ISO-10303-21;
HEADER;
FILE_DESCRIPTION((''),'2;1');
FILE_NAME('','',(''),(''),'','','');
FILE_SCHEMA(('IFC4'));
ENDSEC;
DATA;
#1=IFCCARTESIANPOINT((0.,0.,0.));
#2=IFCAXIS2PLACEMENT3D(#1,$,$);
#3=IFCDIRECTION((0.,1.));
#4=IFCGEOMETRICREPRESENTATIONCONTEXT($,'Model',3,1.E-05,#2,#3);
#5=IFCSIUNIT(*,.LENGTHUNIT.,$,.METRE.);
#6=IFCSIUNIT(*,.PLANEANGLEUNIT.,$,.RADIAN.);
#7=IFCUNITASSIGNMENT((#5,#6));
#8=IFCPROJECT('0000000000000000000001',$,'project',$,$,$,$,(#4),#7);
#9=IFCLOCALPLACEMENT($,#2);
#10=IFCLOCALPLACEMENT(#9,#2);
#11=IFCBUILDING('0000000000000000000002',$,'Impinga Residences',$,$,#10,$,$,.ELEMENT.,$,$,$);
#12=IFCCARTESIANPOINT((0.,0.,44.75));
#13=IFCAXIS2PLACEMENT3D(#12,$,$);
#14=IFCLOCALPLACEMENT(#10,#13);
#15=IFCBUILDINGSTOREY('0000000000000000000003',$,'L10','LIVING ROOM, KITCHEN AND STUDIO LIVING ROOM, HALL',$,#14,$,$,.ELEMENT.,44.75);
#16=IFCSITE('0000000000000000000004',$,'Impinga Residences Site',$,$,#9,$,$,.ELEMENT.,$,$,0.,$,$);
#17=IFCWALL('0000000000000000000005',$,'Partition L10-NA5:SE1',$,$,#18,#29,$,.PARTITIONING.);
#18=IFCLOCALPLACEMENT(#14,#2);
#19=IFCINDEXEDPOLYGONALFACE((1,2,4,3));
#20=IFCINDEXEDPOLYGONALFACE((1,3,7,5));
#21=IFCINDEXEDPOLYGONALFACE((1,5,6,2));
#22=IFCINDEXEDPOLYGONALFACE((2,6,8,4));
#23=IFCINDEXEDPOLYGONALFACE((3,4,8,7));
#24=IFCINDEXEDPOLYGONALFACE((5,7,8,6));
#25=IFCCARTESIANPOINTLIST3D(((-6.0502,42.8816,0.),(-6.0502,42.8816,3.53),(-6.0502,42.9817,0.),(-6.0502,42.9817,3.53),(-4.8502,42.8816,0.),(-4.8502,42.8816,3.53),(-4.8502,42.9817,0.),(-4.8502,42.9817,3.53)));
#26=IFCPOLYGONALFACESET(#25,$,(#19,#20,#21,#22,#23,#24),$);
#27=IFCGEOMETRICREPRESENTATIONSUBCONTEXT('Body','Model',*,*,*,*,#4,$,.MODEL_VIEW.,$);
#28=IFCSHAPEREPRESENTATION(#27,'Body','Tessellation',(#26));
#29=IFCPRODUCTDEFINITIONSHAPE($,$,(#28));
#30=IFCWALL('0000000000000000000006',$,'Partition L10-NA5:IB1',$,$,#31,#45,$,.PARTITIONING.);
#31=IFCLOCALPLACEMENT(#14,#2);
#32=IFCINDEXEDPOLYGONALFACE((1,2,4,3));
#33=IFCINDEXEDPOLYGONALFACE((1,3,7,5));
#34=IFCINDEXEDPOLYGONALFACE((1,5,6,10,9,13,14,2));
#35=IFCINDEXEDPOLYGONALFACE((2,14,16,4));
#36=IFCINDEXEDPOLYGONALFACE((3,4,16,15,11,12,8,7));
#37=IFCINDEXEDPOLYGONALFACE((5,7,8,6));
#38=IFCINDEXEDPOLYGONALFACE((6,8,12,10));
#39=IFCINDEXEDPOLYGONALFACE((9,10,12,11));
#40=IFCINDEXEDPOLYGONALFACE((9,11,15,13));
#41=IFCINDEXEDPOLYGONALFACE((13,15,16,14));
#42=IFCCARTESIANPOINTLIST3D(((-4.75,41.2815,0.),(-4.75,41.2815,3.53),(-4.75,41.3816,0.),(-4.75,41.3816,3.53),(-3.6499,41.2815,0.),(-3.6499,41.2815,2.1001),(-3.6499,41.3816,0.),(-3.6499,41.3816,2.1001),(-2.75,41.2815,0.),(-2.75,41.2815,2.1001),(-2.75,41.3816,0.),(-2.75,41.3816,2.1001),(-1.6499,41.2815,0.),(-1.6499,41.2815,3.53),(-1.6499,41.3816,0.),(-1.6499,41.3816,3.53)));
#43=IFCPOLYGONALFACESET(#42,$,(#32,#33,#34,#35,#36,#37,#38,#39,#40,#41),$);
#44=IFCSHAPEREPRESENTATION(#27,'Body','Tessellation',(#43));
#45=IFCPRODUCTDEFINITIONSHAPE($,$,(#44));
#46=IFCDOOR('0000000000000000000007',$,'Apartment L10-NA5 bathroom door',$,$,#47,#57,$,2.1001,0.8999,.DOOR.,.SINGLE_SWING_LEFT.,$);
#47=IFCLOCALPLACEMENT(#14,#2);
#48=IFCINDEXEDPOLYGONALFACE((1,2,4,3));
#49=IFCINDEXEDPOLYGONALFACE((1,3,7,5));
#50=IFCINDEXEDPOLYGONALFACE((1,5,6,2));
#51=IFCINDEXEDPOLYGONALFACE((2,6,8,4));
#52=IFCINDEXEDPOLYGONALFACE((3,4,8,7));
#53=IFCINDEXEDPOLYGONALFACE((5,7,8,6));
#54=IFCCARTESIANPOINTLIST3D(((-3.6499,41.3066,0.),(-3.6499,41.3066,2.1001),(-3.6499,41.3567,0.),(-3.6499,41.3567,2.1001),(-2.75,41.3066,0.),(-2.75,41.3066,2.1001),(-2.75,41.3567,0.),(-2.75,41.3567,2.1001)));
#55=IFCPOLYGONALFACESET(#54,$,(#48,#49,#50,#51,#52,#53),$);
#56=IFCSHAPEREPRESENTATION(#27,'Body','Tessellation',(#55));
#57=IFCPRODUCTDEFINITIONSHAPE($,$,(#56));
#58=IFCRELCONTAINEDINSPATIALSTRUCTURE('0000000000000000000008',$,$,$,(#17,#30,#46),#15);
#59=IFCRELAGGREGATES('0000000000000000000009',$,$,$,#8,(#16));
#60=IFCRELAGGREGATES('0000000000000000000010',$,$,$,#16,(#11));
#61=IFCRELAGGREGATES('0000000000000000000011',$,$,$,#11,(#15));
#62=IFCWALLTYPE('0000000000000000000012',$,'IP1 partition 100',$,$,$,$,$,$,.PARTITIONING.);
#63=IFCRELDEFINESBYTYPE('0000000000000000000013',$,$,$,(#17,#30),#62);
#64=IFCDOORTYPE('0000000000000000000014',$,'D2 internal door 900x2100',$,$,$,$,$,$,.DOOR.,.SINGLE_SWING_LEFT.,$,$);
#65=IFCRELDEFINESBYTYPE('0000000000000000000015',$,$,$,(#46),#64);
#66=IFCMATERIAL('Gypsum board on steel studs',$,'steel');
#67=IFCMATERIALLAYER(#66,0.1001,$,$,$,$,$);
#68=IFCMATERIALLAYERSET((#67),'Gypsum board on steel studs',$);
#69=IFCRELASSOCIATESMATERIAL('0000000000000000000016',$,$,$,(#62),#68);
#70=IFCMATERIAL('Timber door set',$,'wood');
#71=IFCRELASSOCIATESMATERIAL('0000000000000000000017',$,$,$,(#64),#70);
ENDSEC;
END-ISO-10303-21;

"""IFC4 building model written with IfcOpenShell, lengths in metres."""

from ifc_helpers import new_model, si_unit, direction, frame, frame_2d, origin, place, context, subcontext, project, spatial, rectangle, extrude, material, layer, layer_set, type_object, element, fill, save


model = new_model("IFC4")

# Units and contexts
model_context = context("Model", 3, precision=1e-05, world=origin(), true_north=direction((0.0, 1.0)))
body_context = subcontext(model_context, "Body", "Model", "MODEL_VIEW")
ifc_project = project(units=[si_unit("LENGTHUNIT", "METRE"), si_unit("PLANEANGLEUNIT", "RADIAN")], contexts=[model_context])

# Site, building, storey
site_placement = place(None, origin())
site = spatial("IfcSite", under=ifc_project, at=site_placement, Name="Impinga Residences Site", CompositionType="ELEMENT", RefElevation=0.0)
building_placement = place(site_placement, origin())
building = spatial("IfcBuilding", under=site, at=building_placement, Name="Impinga Residences", CompositionType="ELEMENT")
storey_placement = place(building_placement, frame((0.0, 0.0, 44.75)))
storey = spatial("IfcBuildingStorey", under=building, at=storey_placement, Name="L10", Description="LIVING ROOM, KITCHEN AND STUDIO LIVING ROOM, HALL", CompositionType="ELEMENT", Elevation=44.75)

# Shared definitions
ifc_material_1 = material(Name="Gypsum board on steel studs", Category="steel")
ifc_layer_1 = layer(ifc_material_1, 0.1001)
ifc_layer_set_1 = layer_set([ifc_layer_1], Name="Gypsum board on steel studs")
wall_type_1 = type_object("IfcWallType", Name="IP1 partition 100", PredefinedType="PARTITIONING", material=ifc_layer_set_1)

# Shared definitions
ifc_material_2 = material(Name="Timber door set", Category="wood")
door_type = type_object("IfcDoorType", Name="D2 internal door 900x2100", OperationType="SINGLE_SWING_LEFT", PredefinedType="DOOR", material=ifc_material_2)

# Wall
for number, where, z_axis, x_axis, name in (
    (1, (-4.8501, 42.9316, 0.0), (0.0, 0.0, 1.0), (-1.0, 0.0, 0.0), "Partition L10-NA5:SE1"),
):
    element("IfcWall", number, at=place(storey_placement, frame(where, z_axis=z_axis, x_axis=x_axis)), inside=storey, type_object=wall_type_1, Name=name, PredefinedType="PARTITIONING", context=body_context, shape_type="SweptSolid", body=[
        extrude(rectangle(XDim=1.2, YDim=0.1001, at=frame_2d((0.6001, 0.0))), origin(), (0.0, 0.0, 1.0), 3.53),
    ])

# Wall, opening, door
wall_1_placement = place(storey_placement, frame((-1.6499, 41.3315, 0.0), z_axis=(0.0, 0.0, 1.0), x_axis=(-1.0, 0.0, 0.0)))
wall_1 = element("IfcWall", 2, at=wall_1_placement, inside=storey, type_object=wall_type_1, Name="Partition L10-NA5:IB1", PredefinedType="PARTITIONING", context=body_context, shape_type="SweptSolid", body=[
    extrude(rectangle(XDim=3.1001, YDim=0.1001, at=frame_2d((1.55, 0.0))), origin(), (0.0, 0.0, 1.0), 3.53),
])
opening_1_placement = place(wall_1_placement, frame((1.1001, 0.0, 0.0)))
opening_1 = element("IfcOpeningElement", 3, at=opening_1_placement, cuts=wall_1, PredefinedType="OPENING", context=body_context, shape_type="SweptSolid", body=[
    extrude(rectangle(XDim=0.8999, YDim=2.1001, at=frame_2d((0.45, 1.05))), frame((0.0, 0.0601, 0.0), z_axis=(0.0, -1.0, 0.0), x_axis=(1.0, 0.0, 0.0)), (0.0, 0.0, 1.0), 0.1201),
])
door_1_placement = place(opening_1_placement, origin())
door_1 = element("IfcDoor", 4, at=door_1_placement, inside=storey, type_object=door_type, Name="Apartment L10-NA5 bathroom door", OperationType="SINGLE_SWING_LEFT", OverallHeight=2.1001, OverallWidth=0.8999, PredefinedType="DOOR", context=body_context, shape_type="SweptSolid", body=[
    extrude(rectangle(XDim=0.8999, YDim=2.1001, at=frame_2d((0.45, 1.05))), frame((0.0, 0.0249, 0.0), z_axis=(0.0, -1.0, 0.0), x_axis=(1.0, 0.0, 0.0)), (0.0, 0.0, 1.0), 0.05),
])
fill(opening_1, door_1)

save(model, "model.ifc")
